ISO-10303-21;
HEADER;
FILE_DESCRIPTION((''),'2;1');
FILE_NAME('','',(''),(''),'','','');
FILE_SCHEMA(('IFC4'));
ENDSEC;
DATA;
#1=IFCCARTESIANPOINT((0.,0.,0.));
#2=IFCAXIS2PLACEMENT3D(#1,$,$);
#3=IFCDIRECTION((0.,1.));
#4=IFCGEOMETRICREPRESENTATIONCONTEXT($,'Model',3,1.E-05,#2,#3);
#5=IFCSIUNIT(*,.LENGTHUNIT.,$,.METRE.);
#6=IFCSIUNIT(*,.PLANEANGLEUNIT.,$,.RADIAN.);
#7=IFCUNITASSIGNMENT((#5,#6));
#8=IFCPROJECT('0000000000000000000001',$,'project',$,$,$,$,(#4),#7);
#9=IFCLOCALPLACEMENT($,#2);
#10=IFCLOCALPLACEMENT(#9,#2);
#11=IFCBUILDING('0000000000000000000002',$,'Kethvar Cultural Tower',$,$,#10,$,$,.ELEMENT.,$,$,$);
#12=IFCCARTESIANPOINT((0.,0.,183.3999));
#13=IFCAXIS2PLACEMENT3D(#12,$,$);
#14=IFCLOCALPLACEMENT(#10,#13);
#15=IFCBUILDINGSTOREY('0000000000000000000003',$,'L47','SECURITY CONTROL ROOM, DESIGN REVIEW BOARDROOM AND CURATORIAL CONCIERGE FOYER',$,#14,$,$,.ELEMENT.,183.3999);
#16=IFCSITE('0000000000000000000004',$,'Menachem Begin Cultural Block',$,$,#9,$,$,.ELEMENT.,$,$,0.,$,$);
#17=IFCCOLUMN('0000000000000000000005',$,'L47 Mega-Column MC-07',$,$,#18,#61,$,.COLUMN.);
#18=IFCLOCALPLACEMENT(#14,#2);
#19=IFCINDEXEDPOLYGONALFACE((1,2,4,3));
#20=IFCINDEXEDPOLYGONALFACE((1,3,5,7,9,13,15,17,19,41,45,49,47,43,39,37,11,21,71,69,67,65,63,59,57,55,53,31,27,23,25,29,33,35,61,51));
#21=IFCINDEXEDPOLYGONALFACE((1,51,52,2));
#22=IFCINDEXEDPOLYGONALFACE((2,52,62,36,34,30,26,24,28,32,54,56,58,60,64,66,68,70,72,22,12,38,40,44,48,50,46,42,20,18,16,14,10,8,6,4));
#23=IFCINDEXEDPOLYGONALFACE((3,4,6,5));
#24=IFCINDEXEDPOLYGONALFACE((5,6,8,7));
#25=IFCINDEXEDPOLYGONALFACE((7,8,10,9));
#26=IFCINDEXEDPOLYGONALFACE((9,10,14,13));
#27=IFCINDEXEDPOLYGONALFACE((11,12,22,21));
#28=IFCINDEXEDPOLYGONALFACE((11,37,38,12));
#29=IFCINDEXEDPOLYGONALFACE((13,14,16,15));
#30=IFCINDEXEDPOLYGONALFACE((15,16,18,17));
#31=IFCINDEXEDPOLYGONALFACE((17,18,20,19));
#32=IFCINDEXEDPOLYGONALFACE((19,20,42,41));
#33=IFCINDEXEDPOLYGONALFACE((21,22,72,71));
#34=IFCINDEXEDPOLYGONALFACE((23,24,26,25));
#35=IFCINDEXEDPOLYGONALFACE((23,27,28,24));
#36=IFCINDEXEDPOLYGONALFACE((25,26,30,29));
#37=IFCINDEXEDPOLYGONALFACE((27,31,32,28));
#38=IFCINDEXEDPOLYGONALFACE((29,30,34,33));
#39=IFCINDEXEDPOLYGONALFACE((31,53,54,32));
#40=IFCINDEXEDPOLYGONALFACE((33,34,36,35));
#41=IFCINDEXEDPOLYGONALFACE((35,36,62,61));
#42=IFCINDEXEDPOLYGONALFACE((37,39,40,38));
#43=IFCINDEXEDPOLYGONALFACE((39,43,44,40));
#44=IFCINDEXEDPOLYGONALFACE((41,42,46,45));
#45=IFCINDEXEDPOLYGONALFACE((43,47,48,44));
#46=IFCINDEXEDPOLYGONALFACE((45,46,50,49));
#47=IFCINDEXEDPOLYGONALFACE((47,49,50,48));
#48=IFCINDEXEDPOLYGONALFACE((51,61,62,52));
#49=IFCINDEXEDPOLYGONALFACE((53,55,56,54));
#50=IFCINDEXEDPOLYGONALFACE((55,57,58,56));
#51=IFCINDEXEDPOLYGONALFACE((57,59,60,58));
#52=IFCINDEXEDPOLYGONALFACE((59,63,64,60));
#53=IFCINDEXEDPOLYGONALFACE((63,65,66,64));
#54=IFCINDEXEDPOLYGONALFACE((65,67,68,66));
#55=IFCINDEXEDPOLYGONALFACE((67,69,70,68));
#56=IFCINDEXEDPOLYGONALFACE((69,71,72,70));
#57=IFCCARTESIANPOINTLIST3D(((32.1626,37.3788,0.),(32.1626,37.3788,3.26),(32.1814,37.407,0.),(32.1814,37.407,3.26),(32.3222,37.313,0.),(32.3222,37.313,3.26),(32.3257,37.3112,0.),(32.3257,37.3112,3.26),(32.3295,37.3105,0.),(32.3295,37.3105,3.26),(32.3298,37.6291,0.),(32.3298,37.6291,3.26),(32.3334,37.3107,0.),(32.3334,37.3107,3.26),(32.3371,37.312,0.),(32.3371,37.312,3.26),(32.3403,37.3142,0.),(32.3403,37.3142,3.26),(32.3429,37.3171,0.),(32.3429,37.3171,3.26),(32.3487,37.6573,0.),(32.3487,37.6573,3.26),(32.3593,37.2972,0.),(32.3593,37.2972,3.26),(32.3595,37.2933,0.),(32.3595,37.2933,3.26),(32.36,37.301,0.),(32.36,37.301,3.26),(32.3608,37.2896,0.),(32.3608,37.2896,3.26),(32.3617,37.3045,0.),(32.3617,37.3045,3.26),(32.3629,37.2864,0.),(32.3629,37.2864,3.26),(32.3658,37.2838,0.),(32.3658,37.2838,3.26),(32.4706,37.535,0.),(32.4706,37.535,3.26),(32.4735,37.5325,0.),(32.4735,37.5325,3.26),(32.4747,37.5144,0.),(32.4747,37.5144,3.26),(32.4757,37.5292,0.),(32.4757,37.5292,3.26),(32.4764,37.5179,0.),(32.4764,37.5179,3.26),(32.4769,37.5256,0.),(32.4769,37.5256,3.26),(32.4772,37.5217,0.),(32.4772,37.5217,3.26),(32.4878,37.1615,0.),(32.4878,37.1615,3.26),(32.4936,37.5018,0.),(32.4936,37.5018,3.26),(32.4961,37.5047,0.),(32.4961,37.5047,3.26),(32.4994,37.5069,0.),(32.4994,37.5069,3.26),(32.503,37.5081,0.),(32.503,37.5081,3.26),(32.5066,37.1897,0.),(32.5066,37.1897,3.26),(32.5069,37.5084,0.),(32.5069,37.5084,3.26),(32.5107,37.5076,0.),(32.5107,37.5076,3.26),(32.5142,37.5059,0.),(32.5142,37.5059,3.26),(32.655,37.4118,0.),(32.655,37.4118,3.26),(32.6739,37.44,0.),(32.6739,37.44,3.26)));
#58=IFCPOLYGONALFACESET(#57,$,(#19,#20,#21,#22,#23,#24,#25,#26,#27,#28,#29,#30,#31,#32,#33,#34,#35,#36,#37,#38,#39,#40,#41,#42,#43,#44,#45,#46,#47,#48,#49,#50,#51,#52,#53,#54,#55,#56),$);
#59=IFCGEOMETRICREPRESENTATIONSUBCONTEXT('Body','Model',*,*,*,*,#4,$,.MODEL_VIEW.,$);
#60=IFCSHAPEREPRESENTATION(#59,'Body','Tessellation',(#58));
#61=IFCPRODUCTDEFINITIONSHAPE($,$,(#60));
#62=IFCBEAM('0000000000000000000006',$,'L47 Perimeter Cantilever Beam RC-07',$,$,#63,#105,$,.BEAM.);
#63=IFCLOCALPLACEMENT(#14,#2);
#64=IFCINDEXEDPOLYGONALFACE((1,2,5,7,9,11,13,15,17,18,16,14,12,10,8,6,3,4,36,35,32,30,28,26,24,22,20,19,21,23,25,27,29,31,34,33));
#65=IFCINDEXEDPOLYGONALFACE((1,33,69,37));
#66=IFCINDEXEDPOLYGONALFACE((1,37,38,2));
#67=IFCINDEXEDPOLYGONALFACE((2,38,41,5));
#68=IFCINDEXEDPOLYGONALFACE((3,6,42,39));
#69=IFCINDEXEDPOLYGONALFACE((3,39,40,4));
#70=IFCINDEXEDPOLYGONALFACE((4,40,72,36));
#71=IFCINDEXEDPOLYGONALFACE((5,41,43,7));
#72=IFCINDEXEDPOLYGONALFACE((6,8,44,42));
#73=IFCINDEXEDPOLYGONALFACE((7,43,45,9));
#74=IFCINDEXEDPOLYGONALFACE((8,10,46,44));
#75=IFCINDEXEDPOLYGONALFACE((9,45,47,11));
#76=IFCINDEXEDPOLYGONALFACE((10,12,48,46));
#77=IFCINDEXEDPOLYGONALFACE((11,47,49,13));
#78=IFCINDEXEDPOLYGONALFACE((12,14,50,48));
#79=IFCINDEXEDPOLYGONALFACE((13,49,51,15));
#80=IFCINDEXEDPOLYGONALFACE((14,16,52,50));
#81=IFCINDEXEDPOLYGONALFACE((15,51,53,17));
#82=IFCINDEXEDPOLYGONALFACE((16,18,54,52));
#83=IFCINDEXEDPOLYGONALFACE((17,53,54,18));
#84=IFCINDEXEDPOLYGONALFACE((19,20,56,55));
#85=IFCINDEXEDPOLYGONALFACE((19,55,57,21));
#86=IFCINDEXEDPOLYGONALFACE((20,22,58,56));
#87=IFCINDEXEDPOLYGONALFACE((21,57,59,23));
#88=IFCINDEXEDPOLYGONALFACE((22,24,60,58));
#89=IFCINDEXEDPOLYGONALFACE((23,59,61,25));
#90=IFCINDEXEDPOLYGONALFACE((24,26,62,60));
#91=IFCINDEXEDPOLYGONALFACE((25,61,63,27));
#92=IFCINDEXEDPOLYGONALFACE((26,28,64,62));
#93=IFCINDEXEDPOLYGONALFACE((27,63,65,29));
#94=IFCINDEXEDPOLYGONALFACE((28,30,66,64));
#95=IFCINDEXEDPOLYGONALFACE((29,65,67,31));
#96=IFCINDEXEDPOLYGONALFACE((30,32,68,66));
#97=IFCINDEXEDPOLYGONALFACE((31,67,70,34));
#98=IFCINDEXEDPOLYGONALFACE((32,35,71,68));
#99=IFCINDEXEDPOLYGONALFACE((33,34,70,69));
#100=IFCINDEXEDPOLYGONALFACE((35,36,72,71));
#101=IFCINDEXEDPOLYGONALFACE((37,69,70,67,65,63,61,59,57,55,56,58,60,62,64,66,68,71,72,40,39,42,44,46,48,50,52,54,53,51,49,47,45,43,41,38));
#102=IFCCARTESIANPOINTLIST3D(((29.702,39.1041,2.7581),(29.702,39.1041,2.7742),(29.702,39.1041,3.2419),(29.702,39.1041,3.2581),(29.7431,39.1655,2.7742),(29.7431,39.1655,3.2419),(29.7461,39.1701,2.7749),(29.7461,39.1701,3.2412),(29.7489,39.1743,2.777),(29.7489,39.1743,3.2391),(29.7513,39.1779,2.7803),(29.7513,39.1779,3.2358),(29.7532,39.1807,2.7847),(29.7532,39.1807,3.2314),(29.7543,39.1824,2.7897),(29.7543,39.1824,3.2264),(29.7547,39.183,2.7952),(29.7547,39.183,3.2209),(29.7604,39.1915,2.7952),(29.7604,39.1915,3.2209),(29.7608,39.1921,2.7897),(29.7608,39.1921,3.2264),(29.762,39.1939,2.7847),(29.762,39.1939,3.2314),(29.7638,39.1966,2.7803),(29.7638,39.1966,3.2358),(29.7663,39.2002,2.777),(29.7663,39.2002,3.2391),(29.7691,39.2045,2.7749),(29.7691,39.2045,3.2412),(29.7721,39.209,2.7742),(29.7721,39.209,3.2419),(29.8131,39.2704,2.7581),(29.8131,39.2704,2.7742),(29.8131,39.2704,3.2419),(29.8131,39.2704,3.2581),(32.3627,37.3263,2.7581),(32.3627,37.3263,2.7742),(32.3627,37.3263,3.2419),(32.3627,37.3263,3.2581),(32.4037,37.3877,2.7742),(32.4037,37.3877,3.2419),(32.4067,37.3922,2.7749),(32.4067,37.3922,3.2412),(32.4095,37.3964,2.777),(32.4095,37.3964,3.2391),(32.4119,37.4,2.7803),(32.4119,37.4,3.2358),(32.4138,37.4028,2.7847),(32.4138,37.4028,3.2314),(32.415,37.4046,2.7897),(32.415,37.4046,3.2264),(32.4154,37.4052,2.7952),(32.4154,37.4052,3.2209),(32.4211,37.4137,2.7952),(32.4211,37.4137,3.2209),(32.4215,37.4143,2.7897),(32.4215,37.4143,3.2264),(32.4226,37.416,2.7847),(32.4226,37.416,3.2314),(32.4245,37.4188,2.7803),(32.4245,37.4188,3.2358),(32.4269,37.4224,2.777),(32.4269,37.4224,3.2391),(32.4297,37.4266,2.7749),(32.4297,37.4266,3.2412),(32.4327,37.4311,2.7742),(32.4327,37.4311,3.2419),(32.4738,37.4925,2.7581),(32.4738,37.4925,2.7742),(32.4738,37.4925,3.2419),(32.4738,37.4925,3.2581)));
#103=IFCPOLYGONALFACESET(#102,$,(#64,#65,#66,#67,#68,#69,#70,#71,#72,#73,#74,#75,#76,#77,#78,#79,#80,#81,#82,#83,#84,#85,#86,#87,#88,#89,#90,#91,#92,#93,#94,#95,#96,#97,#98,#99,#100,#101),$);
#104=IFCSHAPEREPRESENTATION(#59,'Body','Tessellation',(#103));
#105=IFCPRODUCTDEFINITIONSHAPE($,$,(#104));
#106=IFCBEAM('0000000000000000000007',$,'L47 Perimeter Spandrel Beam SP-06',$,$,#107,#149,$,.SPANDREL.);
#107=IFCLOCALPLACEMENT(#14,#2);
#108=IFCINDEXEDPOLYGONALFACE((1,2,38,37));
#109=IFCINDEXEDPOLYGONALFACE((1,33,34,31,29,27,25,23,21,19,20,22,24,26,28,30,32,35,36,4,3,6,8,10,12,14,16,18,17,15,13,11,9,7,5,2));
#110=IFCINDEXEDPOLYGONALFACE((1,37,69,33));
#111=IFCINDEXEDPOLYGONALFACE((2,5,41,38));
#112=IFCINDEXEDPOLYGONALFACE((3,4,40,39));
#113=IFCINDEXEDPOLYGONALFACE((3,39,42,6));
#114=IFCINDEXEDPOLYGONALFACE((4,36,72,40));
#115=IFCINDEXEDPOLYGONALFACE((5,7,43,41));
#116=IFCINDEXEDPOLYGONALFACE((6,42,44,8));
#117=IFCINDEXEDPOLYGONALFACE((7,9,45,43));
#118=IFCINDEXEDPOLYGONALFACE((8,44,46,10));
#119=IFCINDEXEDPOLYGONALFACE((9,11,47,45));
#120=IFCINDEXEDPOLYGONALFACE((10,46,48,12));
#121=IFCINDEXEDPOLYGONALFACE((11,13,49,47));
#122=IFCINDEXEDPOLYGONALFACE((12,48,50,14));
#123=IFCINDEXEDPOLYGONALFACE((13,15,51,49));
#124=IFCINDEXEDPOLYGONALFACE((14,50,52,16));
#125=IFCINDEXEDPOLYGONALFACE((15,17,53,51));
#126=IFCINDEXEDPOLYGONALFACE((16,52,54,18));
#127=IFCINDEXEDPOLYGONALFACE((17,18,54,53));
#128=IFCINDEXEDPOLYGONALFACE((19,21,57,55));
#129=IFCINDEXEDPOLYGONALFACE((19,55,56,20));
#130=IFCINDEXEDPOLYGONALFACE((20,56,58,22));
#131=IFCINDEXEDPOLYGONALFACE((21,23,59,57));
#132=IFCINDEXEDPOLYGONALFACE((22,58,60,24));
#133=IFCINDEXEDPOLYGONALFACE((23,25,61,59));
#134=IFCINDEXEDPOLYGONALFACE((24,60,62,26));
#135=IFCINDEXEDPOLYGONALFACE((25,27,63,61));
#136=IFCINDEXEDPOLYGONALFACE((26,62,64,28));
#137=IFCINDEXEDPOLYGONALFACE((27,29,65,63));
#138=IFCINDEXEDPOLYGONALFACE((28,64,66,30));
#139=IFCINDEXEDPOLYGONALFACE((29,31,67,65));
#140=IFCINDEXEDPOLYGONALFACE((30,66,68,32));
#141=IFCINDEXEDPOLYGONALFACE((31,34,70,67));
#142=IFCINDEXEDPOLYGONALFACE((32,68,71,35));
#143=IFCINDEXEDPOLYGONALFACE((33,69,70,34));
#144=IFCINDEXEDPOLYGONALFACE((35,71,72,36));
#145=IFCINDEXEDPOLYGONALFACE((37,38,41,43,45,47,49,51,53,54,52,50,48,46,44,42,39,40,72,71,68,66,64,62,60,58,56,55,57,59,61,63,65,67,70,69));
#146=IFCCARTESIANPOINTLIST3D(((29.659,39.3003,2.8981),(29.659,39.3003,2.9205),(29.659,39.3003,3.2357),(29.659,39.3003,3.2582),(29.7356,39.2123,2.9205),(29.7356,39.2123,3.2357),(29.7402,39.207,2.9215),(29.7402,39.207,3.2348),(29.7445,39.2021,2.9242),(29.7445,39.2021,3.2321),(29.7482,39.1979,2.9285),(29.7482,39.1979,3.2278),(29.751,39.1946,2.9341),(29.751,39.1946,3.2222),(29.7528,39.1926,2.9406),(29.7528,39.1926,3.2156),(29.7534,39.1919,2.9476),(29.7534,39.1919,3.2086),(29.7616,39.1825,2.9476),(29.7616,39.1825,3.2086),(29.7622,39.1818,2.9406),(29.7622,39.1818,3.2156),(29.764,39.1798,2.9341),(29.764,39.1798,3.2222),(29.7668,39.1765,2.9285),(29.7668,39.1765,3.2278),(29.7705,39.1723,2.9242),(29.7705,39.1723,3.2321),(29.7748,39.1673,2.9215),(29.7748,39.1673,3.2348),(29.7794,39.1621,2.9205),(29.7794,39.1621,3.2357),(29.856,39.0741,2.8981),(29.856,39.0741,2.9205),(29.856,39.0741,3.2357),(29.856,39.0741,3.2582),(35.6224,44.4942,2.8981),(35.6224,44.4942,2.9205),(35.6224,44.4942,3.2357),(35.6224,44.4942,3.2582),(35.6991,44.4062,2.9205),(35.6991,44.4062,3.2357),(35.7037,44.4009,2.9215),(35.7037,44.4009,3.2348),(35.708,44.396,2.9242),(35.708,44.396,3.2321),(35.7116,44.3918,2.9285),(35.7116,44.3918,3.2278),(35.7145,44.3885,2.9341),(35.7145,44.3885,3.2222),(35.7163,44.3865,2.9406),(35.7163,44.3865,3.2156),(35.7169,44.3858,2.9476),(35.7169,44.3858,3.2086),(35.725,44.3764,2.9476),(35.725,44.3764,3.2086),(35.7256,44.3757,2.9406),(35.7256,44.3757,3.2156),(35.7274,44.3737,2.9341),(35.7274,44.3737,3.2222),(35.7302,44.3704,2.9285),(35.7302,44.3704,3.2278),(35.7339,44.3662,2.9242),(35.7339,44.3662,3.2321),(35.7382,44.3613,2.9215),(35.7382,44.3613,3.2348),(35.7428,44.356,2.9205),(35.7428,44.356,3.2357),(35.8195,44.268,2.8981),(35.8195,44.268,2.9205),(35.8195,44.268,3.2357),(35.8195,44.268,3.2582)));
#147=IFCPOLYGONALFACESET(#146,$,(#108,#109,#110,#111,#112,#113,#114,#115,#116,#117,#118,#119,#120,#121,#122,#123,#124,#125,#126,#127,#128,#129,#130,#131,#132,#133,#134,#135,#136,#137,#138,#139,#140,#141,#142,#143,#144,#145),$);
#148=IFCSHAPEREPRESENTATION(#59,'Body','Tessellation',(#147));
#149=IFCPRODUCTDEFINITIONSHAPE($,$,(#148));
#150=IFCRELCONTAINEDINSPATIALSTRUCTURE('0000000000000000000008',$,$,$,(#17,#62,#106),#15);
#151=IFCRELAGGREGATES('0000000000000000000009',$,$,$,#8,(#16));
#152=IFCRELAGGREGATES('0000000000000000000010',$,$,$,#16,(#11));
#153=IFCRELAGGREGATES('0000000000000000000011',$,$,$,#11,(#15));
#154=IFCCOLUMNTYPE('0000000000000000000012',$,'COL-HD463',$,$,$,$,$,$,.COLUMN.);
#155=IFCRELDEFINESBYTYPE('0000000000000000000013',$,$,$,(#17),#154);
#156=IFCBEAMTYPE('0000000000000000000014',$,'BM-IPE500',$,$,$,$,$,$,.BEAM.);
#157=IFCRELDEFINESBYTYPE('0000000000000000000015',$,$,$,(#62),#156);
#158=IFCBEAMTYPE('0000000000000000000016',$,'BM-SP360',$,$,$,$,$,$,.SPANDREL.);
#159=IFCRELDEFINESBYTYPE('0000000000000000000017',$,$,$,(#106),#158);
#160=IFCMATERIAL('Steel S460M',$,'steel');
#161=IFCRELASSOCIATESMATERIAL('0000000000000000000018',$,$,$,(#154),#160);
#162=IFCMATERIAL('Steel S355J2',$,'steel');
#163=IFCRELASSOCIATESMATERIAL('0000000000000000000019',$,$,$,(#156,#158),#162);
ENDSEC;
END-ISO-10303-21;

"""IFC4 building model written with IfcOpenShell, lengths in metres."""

from ifc_helpers import new_model, si_unit, direction, frame, origin, origin_2d, place, context, subcontext, project, spatial, i_section, extrude, source, transform, mapped, material, material_profile, profile_set, type_object, element, save


model = new_model("IFC4")

# Units and contexts
model_context = context("Model", 3, precision=1e-05, world=origin(), true_north=direction((0.0, 1.0)))
body_context = subcontext(model_context, "Body", "Model", "MODEL_VIEW")
ifc_project = project(units=[si_unit("LENGTHUNIT", "METRE"), si_unit("PLANEANGLEUNIT", "RADIAN")], contexts=[model_context])

# Site, building, storey
site_placement = place(None, origin())
site = spatial("IfcSite", under=ifc_project, at=site_placement, Name="Menachem Begin Cultural Block", CompositionType="ELEMENT", RefElevation=0.0)
building_placement = place(site_placement, origin())
building = spatial("IfcBuilding", under=site, at=building_placement, Name="Kethvar Cultural Tower", CompositionType="ELEMENT")
storey_placement = place(building_placement, frame((0.0, 0.0, 183.3999)))
storey = spatial("IfcBuildingStorey", under=building, at=storey_placement, Name="L47", Description="SECURITY CONTROL ROOM, DESIGN REVIEW BOARDROOM AND CURATORIAL CONCIERGE FOYER", CompositionType="ELEMENT", Elevation=183.3999)

# Column
ifc_material_1 = material(Name="Steel S460M", Category="steel")
ifc_material_profile_1 = material_profile(ifc_material_1, i_section(OverallWidth=0.3911, OverallDepth=0.335, WebThickness=0.0227, FlangeThickness=0.0339, FilletRadius=0.0149, at=origin_2d()), Name="Steel S460M — HD400x463")
ifc_profile_set_1 = profile_set([ifc_material_profile_1], Name="Steel S460M — HD400x463")
column_type = type_object("IfcColumnType", Name="COL-HD463", PredefinedType="COLUMN", material=ifc_profile_set_1)
shared_shape_1 = source(origin(), body_context, "Body", "SweptSolid", [
    extrude(i_section(OverallWidth=0.3911, OverallDepth=0.335, WebThickness=0.0227, FlangeThickness=0.0339, FilletRadius=0.0149, at=origin_2d()), origin(), (0.0, 0.0, 1.0), 3.26),
])
column_placement = place(storey_placement, frame((32.4182, 37.4094, 0.0), z_axis=(0.0, 0.0, 1.0), x_axis=(-0.83147, 0.55557, 0.0)))
element("IfcColumn", 1, at=column_placement, inside=storey, type_object=column_type, Name="L47 Mega-Column MC-07", PredefinedType="COLUMN", context=body_context, shape_type="MappedRepresentation", body=[
    mapped(shared_shape_1, transform((0.0, 0.0, 0.0), scale=1.0)),
])

# Beams
ifc_material_2 = material(Name="Steel S355J2", Category="steel")
ifc_material_profile_2 = material_profile(ifc_material_2, i_section(OverallWidth=0.2, OverallDepth=0.5, WebThickness=0.0103, FlangeThickness=0.0161, FilletRadius=0.021, at=origin_2d()), Name="Steel S355J2 — IPE500")
ifc_profile_set_2 = profile_set([ifc_material_profile_2], Name="Steel S355J2 — IPE500")
beam_type_1 = type_object("IfcBeamType", Name="BM-IPE500", PredefinedType="BEAM", material=ifc_profile_set_2)
shared_shape_2 = source(origin(), body_context, "Body", "SweptSolid", [
    extrude(i_section(OverallWidth=0.2, OverallDepth=0.5, WebThickness=0.0103, FlangeThickness=0.0161, FilletRadius=0.021, at=origin_2d()), origin(), (0.0, 0.0, 1.0), 3.2),
])
beam_1_placement = place(storey_placement, frame((32.4182, 37.4094, 3.0081), z_axis=(-0.831463, 0.55558, 0.0), x_axis=(-0.55558, -0.831463, 0.0)))
element("IfcBeam", 2, at=beam_1_placement, inside=storey, type_object=beam_type_1, Name="L47 Perimeter Cantilever Beam RC-07", PredefinedType="BEAM", context=body_context, shape_type="MappedRepresentation", body=[
    mapped(shared_shape_2, transform((0.0, 0.0, 0.0), scale=1.0)),
])
ifc_material_profile_3 = material_profile(ifc_material_2, i_section(OverallWidth=0.3, OverallDepth=0.3601, WebThickness=0.0125, FlangeThickness=0.0225, FilletRadius=0.0271, at=origin_2d()), Name="Steel S355J2 — HEB360")
ifc_profile_set_3 = profile_set([ifc_material_profile_3], Name="Steel S355J2 — HEB360")
beam_type_2 = type_object("IfcBeamType", Name="BM-SP360", PredefinedType="SPANDREL", material=ifc_profile_set_3)
shared_shape_3 = source(origin(), body_context, "Body", "SweptSolid", [
    extrude(i_section(OverallWidth=0.3, OverallDepth=0.3601, WebThickness=0.0125, FlangeThickness=0.0225, FilletRadius=0.0271, at=origin_2d()), origin(), (0.0, 0.0, 1.0), 7.9082),
])
beam_2_placement = place(storey_placement, frame((35.7209, 44.3811, 3.0781), z_axis=(-0.754086, -0.656776, 0.0), x_axis=(0.656776, -0.754086, 0.0)))
element("IfcBeam", 3, at=beam_2_placement, inside=storey, type_object=beam_type_2, Name="L47 Perimeter Spandrel Beam SP-06", PredefinedType="SPANDREL", context=body_context, shape_type="MappedRepresentation", body=[
    mapped(shared_shape_3, transform((0.0, 0.0, 0.0), scale=1.0)),
])

save(model, "model.ifc")
